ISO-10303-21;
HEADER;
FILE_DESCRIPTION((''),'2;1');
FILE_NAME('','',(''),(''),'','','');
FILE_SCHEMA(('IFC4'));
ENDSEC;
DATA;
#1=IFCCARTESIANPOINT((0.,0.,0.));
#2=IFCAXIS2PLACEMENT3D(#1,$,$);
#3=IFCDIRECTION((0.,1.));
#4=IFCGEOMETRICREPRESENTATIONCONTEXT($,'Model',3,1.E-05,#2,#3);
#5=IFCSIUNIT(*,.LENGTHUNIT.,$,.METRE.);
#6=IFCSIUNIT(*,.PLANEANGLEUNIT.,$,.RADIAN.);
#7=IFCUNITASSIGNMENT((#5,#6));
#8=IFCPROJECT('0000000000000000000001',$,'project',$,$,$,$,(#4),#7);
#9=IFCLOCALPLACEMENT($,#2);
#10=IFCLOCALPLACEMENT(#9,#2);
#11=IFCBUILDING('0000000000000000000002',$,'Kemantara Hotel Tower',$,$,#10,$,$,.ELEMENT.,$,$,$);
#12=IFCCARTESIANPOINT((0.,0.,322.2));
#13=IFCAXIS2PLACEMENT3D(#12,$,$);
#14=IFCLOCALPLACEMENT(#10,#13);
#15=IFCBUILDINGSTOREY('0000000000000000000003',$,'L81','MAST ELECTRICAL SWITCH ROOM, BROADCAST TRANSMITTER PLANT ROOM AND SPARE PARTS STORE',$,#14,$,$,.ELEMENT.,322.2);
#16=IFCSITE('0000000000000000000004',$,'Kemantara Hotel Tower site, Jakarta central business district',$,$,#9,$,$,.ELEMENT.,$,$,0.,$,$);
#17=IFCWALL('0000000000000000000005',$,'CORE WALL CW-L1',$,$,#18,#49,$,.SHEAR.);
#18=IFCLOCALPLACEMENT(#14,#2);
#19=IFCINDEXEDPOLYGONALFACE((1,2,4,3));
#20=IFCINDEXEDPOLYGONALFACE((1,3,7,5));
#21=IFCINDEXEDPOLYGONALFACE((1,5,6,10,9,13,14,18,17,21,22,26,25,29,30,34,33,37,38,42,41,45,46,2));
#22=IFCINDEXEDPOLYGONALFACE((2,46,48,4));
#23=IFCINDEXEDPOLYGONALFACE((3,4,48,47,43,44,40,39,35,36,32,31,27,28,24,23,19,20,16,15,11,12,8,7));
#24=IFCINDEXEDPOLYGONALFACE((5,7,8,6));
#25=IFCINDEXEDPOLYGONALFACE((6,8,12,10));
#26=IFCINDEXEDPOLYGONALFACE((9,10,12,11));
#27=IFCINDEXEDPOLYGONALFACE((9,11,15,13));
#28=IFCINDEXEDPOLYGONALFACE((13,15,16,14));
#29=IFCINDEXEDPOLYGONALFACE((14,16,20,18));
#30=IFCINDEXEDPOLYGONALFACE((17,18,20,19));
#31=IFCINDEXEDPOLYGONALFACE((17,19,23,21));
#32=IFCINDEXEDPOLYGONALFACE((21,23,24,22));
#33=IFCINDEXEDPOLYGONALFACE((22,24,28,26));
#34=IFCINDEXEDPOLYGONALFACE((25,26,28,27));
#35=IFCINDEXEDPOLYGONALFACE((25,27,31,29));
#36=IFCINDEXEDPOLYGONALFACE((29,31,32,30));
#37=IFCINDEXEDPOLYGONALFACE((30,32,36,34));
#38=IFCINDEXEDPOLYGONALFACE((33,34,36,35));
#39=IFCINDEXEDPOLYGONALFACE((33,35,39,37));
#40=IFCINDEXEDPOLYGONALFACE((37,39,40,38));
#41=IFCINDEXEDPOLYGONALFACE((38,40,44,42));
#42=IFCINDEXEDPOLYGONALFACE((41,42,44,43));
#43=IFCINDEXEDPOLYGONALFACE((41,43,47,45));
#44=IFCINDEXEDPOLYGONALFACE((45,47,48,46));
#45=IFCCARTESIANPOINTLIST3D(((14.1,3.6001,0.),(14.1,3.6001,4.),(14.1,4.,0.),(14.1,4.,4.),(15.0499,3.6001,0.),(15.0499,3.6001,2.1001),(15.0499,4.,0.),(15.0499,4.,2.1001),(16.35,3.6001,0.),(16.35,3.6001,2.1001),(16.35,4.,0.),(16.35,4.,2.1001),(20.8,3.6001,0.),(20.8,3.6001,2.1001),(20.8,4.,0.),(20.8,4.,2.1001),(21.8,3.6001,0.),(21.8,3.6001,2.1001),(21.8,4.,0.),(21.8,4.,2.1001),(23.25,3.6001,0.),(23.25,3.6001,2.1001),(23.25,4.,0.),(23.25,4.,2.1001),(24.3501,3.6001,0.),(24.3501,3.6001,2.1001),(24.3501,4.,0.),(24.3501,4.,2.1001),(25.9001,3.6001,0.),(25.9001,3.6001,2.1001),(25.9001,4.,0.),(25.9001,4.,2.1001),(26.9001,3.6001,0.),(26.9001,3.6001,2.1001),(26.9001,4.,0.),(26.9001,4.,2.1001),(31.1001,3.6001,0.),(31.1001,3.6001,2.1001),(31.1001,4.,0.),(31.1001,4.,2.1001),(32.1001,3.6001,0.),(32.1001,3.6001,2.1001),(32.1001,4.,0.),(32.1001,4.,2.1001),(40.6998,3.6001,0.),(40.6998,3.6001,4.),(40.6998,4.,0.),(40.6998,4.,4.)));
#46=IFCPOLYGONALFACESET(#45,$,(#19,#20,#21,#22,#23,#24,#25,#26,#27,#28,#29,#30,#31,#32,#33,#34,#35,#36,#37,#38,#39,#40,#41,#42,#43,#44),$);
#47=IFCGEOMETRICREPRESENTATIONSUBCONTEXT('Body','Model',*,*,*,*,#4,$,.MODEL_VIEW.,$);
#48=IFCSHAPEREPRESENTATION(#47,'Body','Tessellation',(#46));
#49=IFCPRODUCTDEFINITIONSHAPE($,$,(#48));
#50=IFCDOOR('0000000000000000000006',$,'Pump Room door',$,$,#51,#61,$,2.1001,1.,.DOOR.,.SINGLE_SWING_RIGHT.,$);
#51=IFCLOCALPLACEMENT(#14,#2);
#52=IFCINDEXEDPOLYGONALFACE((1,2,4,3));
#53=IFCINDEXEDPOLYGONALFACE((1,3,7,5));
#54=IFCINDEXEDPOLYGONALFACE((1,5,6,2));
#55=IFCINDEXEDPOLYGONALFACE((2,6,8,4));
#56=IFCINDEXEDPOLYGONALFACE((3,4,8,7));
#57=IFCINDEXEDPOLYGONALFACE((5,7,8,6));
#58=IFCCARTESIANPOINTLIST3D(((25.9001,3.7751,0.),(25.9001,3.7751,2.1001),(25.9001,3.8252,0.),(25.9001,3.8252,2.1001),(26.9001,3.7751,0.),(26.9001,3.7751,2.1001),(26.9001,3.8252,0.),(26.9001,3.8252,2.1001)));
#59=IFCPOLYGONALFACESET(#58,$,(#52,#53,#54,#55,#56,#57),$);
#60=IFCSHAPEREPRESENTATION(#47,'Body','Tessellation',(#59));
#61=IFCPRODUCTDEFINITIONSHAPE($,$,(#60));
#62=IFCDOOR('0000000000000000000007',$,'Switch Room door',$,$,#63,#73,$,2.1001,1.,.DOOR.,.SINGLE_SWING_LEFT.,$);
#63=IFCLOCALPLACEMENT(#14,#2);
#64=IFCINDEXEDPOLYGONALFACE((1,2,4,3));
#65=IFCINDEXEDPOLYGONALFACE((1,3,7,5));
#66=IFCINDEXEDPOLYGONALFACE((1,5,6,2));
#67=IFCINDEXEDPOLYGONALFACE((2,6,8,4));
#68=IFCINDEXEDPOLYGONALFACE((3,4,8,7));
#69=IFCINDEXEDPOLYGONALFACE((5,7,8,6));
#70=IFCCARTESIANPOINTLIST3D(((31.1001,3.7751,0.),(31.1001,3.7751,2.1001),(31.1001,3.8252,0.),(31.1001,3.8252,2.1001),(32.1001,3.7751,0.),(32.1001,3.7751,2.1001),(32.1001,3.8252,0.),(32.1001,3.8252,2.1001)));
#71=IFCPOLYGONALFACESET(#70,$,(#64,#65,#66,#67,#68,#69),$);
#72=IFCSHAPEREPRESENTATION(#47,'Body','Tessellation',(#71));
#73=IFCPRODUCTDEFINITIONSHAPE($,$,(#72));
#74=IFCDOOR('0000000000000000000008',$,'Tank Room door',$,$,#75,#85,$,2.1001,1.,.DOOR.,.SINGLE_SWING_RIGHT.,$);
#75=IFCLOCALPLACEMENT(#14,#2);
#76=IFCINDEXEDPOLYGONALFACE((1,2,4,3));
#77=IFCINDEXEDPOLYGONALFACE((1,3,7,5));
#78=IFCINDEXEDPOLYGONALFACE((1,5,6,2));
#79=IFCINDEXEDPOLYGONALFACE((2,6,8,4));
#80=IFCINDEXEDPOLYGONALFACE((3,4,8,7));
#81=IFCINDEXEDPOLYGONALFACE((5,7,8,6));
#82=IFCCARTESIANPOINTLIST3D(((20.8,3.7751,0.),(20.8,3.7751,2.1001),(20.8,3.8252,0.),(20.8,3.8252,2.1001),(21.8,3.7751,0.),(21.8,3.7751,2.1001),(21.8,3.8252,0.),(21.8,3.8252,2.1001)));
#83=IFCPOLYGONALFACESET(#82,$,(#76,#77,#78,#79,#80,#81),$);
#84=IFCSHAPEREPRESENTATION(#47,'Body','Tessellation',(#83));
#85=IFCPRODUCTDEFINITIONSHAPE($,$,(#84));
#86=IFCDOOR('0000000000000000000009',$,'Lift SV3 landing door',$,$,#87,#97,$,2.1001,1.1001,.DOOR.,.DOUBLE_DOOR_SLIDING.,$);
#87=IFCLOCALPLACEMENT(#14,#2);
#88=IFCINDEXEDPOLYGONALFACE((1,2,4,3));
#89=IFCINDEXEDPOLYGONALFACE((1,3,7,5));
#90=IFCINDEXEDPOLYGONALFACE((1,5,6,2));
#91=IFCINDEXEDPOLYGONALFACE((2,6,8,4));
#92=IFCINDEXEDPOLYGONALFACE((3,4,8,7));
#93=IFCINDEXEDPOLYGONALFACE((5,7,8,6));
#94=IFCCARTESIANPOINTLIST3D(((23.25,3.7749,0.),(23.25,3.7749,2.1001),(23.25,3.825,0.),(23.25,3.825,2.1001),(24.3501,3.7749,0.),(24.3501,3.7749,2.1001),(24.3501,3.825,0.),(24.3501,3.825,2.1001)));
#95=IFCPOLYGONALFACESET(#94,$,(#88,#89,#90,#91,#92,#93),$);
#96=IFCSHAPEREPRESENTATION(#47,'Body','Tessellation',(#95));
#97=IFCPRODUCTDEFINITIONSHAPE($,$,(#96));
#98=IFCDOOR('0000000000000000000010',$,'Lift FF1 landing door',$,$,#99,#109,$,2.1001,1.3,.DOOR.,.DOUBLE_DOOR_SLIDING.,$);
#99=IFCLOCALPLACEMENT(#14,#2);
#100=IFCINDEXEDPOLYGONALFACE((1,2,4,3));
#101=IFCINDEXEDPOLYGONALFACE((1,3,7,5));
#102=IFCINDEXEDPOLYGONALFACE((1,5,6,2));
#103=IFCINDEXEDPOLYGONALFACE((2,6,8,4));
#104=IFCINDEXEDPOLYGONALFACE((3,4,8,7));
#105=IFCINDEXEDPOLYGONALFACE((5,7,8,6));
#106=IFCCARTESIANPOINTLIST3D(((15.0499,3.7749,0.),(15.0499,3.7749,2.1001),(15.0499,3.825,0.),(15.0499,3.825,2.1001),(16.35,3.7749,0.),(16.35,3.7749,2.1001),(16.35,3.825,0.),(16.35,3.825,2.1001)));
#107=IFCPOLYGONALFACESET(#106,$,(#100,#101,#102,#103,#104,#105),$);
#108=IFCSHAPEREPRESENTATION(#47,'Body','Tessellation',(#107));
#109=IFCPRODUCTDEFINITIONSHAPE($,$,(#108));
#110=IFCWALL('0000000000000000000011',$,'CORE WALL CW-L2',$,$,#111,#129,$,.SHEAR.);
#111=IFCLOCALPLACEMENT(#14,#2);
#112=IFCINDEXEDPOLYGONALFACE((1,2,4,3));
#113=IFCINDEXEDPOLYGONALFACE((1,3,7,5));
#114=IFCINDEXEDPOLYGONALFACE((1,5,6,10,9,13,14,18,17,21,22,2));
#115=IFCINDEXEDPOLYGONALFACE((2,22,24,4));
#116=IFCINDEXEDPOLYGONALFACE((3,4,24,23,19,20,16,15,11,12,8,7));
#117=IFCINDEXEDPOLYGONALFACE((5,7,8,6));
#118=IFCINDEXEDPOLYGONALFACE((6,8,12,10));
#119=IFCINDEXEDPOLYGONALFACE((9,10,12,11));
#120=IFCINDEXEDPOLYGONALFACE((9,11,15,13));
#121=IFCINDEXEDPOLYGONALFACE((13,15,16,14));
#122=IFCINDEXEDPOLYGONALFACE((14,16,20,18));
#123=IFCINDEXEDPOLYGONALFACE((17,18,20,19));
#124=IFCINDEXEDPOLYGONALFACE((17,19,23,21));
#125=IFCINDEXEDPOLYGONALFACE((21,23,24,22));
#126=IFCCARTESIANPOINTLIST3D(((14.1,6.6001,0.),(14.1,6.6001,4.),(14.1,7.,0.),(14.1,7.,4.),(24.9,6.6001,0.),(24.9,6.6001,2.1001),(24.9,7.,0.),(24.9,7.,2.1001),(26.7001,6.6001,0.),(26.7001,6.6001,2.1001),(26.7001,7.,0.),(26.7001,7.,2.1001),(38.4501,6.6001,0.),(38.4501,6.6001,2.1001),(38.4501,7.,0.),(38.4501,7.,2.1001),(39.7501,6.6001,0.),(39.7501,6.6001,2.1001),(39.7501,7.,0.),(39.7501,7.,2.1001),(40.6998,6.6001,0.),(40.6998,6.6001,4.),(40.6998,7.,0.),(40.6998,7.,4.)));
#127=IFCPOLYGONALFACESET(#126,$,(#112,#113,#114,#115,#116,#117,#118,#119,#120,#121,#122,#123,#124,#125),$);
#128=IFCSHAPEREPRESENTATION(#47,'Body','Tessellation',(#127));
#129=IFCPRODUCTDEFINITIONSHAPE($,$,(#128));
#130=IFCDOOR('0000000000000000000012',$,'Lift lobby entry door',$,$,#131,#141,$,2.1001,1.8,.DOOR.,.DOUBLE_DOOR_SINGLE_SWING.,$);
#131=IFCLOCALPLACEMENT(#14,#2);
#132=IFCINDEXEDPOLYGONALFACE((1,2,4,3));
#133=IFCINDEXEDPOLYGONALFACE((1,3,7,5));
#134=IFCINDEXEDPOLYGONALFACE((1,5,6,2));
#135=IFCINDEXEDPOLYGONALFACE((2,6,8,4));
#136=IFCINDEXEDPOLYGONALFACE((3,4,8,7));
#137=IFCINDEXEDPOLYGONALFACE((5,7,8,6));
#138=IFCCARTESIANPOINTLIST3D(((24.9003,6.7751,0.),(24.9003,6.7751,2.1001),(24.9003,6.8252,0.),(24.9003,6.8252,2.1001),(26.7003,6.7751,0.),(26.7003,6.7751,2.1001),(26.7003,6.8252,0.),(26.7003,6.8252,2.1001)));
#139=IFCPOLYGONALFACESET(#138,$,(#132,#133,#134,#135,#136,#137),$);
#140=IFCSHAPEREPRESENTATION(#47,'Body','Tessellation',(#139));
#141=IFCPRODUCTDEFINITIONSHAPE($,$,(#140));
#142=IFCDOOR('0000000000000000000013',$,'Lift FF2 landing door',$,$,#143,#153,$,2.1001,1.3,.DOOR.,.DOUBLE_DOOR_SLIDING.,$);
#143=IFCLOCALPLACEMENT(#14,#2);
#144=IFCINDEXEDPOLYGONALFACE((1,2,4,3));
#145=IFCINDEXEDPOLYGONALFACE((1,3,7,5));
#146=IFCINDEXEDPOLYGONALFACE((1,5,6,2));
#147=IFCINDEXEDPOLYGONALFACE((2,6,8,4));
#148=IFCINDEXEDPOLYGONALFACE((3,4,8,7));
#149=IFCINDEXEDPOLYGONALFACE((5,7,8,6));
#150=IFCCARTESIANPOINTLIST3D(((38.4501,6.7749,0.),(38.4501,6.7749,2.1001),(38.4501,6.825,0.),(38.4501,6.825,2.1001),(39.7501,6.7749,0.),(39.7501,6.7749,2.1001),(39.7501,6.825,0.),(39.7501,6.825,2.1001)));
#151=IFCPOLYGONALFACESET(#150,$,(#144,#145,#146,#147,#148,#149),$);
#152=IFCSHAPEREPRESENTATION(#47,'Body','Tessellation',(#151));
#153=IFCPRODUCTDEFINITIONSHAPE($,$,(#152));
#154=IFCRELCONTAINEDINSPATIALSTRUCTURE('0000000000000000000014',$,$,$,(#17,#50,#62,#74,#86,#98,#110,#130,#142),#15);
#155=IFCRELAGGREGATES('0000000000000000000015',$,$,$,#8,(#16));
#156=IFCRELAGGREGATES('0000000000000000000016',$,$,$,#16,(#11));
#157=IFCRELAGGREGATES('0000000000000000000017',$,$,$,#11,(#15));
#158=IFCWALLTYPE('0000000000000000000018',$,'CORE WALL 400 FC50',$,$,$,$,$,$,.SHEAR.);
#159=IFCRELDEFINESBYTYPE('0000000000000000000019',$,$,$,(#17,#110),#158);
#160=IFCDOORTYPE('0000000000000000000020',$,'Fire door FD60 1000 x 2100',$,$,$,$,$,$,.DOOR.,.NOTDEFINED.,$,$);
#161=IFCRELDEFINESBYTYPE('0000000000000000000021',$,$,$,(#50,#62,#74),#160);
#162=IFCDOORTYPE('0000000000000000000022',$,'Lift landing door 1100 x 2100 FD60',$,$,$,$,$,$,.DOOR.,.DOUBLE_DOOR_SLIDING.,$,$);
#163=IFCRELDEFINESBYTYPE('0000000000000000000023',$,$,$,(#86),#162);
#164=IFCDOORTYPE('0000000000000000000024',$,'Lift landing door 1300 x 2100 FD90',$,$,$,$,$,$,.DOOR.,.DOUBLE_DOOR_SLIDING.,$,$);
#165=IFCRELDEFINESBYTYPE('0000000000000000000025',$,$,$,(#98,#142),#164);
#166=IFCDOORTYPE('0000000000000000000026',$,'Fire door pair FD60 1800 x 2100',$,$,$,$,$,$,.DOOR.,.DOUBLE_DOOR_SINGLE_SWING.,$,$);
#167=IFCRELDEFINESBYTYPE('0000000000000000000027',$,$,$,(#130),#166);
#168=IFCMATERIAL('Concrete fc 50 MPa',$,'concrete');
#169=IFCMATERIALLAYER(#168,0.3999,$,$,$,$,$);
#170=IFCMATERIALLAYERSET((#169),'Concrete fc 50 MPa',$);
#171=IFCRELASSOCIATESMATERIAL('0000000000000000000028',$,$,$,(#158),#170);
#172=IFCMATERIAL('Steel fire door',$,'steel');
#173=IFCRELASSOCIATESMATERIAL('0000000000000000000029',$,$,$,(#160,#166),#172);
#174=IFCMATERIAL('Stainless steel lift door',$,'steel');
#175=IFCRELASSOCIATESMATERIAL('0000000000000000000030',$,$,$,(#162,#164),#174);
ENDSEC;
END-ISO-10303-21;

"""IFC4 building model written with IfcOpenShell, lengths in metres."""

from ifc_helpers import new_model, si_unit, direction, frame, frame_2d, origin, place, context, subcontext, project, spatial, rectangle, extrude, material, layer, layer_set, type_object, element, fill, save


model = new_model("IFC4")

# Units and contexts
model_context = context("Model", 3, precision=1e-05, world=origin(), true_north=direction((0.0, 1.0)))
body_context = subcontext(model_context, "Body", "Model", "MODEL_VIEW")
ifc_project = project(units=[si_unit("LENGTHUNIT", "METRE"), si_unit("PLANEANGLEUNIT", "RADIAN")], contexts=[model_context])

# Site, building, storey
site_placement = place(None, origin())
site = spatial("IfcSite", under=ifc_project, at=site_placement, Name="Kemantara Hotel Tower site, Jakarta central business district", CompositionType="ELEMENT", RefElevation=0.0)
building_placement = place(site_placement, origin())
building = spatial("IfcBuilding", under=site, at=building_placement, Name="Kemantara Hotel Tower", CompositionType="ELEMENT")
storey_placement = place(building_placement, frame((0.0, 0.0, 322.2)))
storey = spatial("IfcBuildingStorey", under=building, at=storey_placement, Name="L81", Description="MAST ELECTRICAL SWITCH ROOM, BROADCAST TRANSMITTER PLANT ROOM AND SPARE PARTS STORE", CompositionType="ELEMENT", Elevation=322.2)

# Shared definitions
ifc_material_1 = material(Name="Concrete fc 50 MPa", Category="concrete")

# Walls, openings, doors
ifc_layer_1 = layer(ifc_material_1, 0.3999)
ifc_layer_set_1 = layer_set([ifc_layer_1], Name="Concrete fc 50 MPa")
wall_type_1 = type_object("IfcWallType", Name="CORE WALL 400 FC50", PredefinedType="SHEAR", material=ifc_layer_set_1)
ifc_material_2 = material(Name="Steel fire door", Category="steel")
door_type_1 = type_object("IfcDoorType", Name="Fire door FD60 1000 x 2100", OperationType="NOTDEFINED", PredefinedType="DOOR", material=ifc_material_2)
wall_1_placement = place(storey_placement, frame((14.1001, 3.8, 0.0), z_axis=(0.0, 0.0, 1.0), x_axis=(1.0, 0.0, 0.0)))
wall_1 = element("IfcWall", 1, at=wall_1_placement, inside=storey, type_object=wall_type_1, Name="CORE WALL CW-L1", PredefinedType="SHEAR", context=body_context, shape_type="SweptSolid", body=[
    extrude(rectangle(XDim=26.5999, YDim=0.3999, at=frame_2d((13.2998, 0.0))), origin(), (0.0, 0.0, 1.0), 4.0),
])
opening_1_placement = place(wall_1_placement, frame((0.95, 0.0, 0.0)))
opening_1 = element("IfcOpeningElement", 2, at=opening_1_placement, cuts=wall_1, PredefinedType="OPENING", context=body_context, shape_type="SweptSolid", body=[
    extrude(rectangle(XDim=1.3, YDim=2.1001, at=frame_2d((0.6499, 1.05))), frame((0.0, 0.21, 0.0), z_axis=(0.0, -1.0, 0.0), x_axis=(1.0, 0.0, 0.0)), (0.0, 0.0, 1.0), 0.4199),
])
opening_2_placement = place(wall_1_placement, frame((9.1499, 0.0, 0.0)))
opening_2 = element("IfcOpeningElement", 3, at=opening_2_placement, cuts=wall_1, PredefinedType="OPENING", context=body_context, shape_type="SweptSolid", body=[
    extrude(rectangle(XDim=1.1001, YDim=2.1001, at=frame_2d((0.55, 1.05))), frame((0.0, 0.21, 0.0), z_axis=(0.0, -1.0, 0.0), x_axis=(1.0, 0.0, 0.0)), (0.0, 0.0, 1.0), 0.4199),
])
opening_3_placement = place(wall_1_placement, frame((11.8, 0.0, 0.0)))
opening_3 = element("IfcOpeningElement", 4, at=opening_3_placement, cuts=wall_1, PredefinedType="OPENING", context=body_context, shape_type="SweptSolid", body=[
    extrude(rectangle(XDim=1.0, YDim=2.1001, at=frame_2d((0.5, 1.05))), frame((0.0, 0.21, 0.0), z_axis=(0.0, -1.0, 0.0), x_axis=(1.0, 0.0, 0.0)), (0.0, 0.0, 1.0), 0.4199),
])
opening_4_placement = place(wall_1_placement, frame((17.0, 0.0, 0.0)))
opening_4 = element("IfcOpeningElement", 5, at=opening_4_placement, cuts=wall_1, PredefinedType="OPENING", context=body_context, shape_type="SweptSolid", body=[
    extrude(rectangle(XDim=1.0, YDim=2.1001, at=frame_2d((0.5, 1.05))), frame((0.0, 0.21, 0.0), z_axis=(0.0, -1.0, 0.0), x_axis=(1.0, 0.0, 0.0)), (0.0, 0.0, 1.0), 0.4199),
])
opening_5_placement = place(wall_1_placement, frame((6.7, 0.0, 0.0)))
opening_5 = element("IfcOpeningElement", 6, at=opening_5_placement, cuts=wall_1, PredefinedType="OPENING", context=body_context, shape_type="SweptSolid", body=[
    extrude(rectangle(XDim=1.0, YDim=2.1001, at=frame_2d((0.5, 1.05))), frame((0.0, 0.21, 0.0), z_axis=(0.0, -1.0, 0.0), x_axis=(1.0, 0.0, 0.0)), (0.0, 0.0, 1.0), 0.4199),
])
door_1_placement = place(opening_3_placement, frame((1.0, 0.0, 0.0), z_axis=(0.0, 0.0, 1.0), x_axis=(-1.0, 0.0, 0.0)))
door_1 = element("IfcDoor", 7, at=door_1_placement, inside=storey, type_object=door_type_1, Name="Pump Room door", OperationType="SINGLE_SWING_RIGHT", OverallHeight=2.1001, OverallWidth=1.0, PredefinedType="DOOR", context=body_context, shape_type="SweptSolid", body=[
    extrude(rectangle(XDim=1.0, YDim=2.1001, at=frame_2d((0.5, 1.05))), frame((0.0, 0.0249, 0.0), z_axis=(0.0, -1.0, 0.0), x_axis=(1.0, 0.0, 0.0)), (0.0, 0.0, 1.0), 0.05),
])
fill(opening_3, door_1)
door_2_placement = place(opening_4_placement, frame((1.0, 0.0, 0.0), z_axis=(0.0, 0.0, 1.0), x_axis=(-1.0, 0.0, 0.0)))
door_2 = element("IfcDoor", 8, at=door_2_placement, inside=storey, type_object=door_type_1, Name="Switch Room door", OperationType="SINGLE_SWING_LEFT", OverallHeight=2.1001, OverallWidth=1.0, PredefinedType="DOOR", context=body_context, shape_type="SweptSolid", body=[
    extrude(rectangle(XDim=1.0, YDim=2.1001, at=frame_2d((0.5, 1.05))), frame((0.0, 0.0249, 0.0), z_axis=(0.0, -1.0, 0.0), x_axis=(1.0, 0.0, 0.0)), (0.0, 0.0, 1.0), 0.05),
])
fill(opening_4, door_2)
door_3_placement = place(opening_5_placement, frame((1.0, 0.0, 0.0), z_axis=(0.0, 0.0, 1.0), x_axis=(-1.0, 0.0, 0.0)))
door_3 = element("IfcDoor", 9, at=door_3_placement, inside=storey, type_object=door_type_1, Name="Tank Room door", OperationType="SINGLE_SWING_RIGHT", OverallHeight=2.1001, OverallWidth=1.0, PredefinedType="DOOR", context=body_context, shape_type="SweptSolid", body=[
    extrude(rectangle(XDim=1.0, YDim=2.1001, at=frame_2d((0.5, 1.05))), frame((0.0, 0.0249, 0.0), z_axis=(0.0, -1.0, 0.0), x_axis=(1.0, 0.0, 0.0)), (0.0, 0.0, 1.0), 0.05),
])
fill(opening_5, door_3)
ifc_material_3 = material(Name="Stainless steel lift door", Category="steel")
door_type_2 = type_object("IfcDoorType", Name="Lift landing door 1100 x 2100 FD60", OperationType="DOUBLE_DOOR_SLIDING", PredefinedType="DOOR", material=ifc_material_3)
door_4_placement = place(opening_2_placement, origin())
door_4 = element("IfcDoor", 10, at=door_4_placement, inside=storey, type_object=door_type_2, Name="Lift SV3 landing door", OperationType="DOUBLE_DOOR_SLIDING", OverallHeight=2.1001, OverallWidth=1.1001, PredefinedType="DOOR", context=body_context, shape_type="SweptSolid", body=[
    extrude(rectangle(XDim=1.1001, YDim=2.1001, at=frame_2d((0.55, 1.05))), frame((0.0, 0.0249, 0.0), z_axis=(0.0, -1.0, 0.0), x_axis=(1.0, 0.0, 0.0)), (0.0, 0.0, 1.0), 0.05),
])
fill(opening_2, door_4)
door_type_3 = type_object("IfcDoorType", Name="Lift landing door 1300 x 2100 FD90", OperationType="DOUBLE_DOOR_SLIDING", PredefinedType="DOOR", material=ifc_material_3)
door_5_placement = place(opening_1_placement, origin())
door_5 = element("IfcDoor", 11, at=door_5_placement, inside=storey, type_object=door_type_3, Name="Lift FF1 landing door", OperationType="DOUBLE_DOOR_SLIDING", OverallHeight=2.1001, OverallWidth=1.3, PredefinedType="DOOR", context=body_context, shape_type="SweptSolid", body=[
    extrude(rectangle(XDim=1.3, YDim=2.1001, at=frame_2d((0.6499, 1.05))), frame((0.0, 0.0249, 0.0), z_axis=(0.0, -1.0, 0.0), x_axis=(1.0, 0.0, 0.0)), (0.0, 0.0, 1.0), 0.05),
])
fill(opening_1, door_5)
wall_2_placement = place(storey_placement, frame((14.1001, 6.8, 0.0), z_axis=(0.0, 0.0, 1.0), x_axis=(1.0, 0.0, 0.0)))
wall_2 = element("IfcWall", 12, at=wall_2_placement, inside=storey, type_object=wall_type_1, Name="CORE WALL CW-L2", PredefinedType="SHEAR", context=body_context, shape_type="SweptSolid", body=[
    extrude(rectangle(XDim=26.5999, YDim=0.3999, at=frame_2d((13.2998, 0.0))), origin(), (0.0, 0.0, 1.0), 4.0),
])
opening_6_placement = place(wall_2_placement, frame((10.8, 0.0, 0.0)))
opening_6 = element("IfcOpeningElement", 13, at=opening_6_placement, cuts=wall_2, PredefinedType="OPENING", context=body_context, shape_type="SweptSolid", body=[
    extrude(rectangle(XDim=1.8, YDim=2.1001, at=frame_2d((0.8999, 1.05))), frame((0.0, 0.21, 0.0), z_axis=(0.0, -1.0, 0.0), x_axis=(1.0, 0.0, 0.0)), (0.0, 0.0, 1.0), 0.4199),
])
opening_7_placement = place(wall_2_placement, frame((24.3501, 0.0, 0.0)))
opening_7 = element("IfcOpeningElement", 14, at=opening_7_placement, cuts=wall_2, PredefinedType="OPENING", context=body_context, shape_type="SweptSolid", body=[
    extrude(rectangle(XDim=1.3, YDim=2.1001, at=frame_2d((0.6499, 1.05))), frame((0.0, 0.21, 0.0), z_axis=(0.0, -1.0, 0.0), x_axis=(1.0, 0.0, 0.0)), (0.0, 0.0, 1.0), 0.4199),
])
door_type_4 = type_object("IfcDoorType", Name="Fire door pair FD60 1800 x 2100", OperationType="DOUBLE_DOOR_SINGLE_SWING", PredefinedType="DOOR", material=ifc_material_2)
door_6_placement = place(opening_6_placement, frame((1.8, 0.0, 0.0), z_axis=(0.0, 0.0, 1.0), x_axis=(-1.0, 0.0, 0.0)))
door_6 = element("IfcDoor", 15, at=door_6_placement, inside=storey, type_object=door_type_4, Name="Lift lobby entry door", OperationType="DOUBLE_DOOR_SINGLE_SWING", OverallHeight=2.1001, OverallWidth=1.8, PredefinedType="DOOR", context=body_context, shape_type="SweptSolid", body=[
    extrude(rectangle(XDim=1.8, YDim=2.1001, at=frame_2d((0.8999, 1.05))), frame((0.0, 0.0249, 0.0), z_axis=(0.0, -1.0, 0.0), x_axis=(1.0, 0.0, 0.0)), (0.0, 0.0, 1.0), 0.05),
])
fill(opening_6, door_6)
door_7_placement = place(opening_7_placement, origin())
door_7 = element("IfcDoor", 16, at=door_7_placement, inside=storey, type_object=door_type_3, Name="Lift FF2 landing door", OperationType="DOUBLE_DOOR_SLIDING", OverallHeight=2.1001, OverallWidth=1.3, PredefinedType="DOOR", context=body_context, shape_type="SweptSolid", body=[
    extrude(rectangle(XDim=1.3, YDim=2.1001, at=frame_2d((0.6499, 1.05))), frame((0.0, 0.0249, 0.0), z_axis=(0.0, -1.0, 0.0), x_axis=(1.0, 0.0, 0.0)), (0.0, 0.0, 1.0), 0.05),
])
fill(opening_7, door_7)

save(model, "model.ifc")
